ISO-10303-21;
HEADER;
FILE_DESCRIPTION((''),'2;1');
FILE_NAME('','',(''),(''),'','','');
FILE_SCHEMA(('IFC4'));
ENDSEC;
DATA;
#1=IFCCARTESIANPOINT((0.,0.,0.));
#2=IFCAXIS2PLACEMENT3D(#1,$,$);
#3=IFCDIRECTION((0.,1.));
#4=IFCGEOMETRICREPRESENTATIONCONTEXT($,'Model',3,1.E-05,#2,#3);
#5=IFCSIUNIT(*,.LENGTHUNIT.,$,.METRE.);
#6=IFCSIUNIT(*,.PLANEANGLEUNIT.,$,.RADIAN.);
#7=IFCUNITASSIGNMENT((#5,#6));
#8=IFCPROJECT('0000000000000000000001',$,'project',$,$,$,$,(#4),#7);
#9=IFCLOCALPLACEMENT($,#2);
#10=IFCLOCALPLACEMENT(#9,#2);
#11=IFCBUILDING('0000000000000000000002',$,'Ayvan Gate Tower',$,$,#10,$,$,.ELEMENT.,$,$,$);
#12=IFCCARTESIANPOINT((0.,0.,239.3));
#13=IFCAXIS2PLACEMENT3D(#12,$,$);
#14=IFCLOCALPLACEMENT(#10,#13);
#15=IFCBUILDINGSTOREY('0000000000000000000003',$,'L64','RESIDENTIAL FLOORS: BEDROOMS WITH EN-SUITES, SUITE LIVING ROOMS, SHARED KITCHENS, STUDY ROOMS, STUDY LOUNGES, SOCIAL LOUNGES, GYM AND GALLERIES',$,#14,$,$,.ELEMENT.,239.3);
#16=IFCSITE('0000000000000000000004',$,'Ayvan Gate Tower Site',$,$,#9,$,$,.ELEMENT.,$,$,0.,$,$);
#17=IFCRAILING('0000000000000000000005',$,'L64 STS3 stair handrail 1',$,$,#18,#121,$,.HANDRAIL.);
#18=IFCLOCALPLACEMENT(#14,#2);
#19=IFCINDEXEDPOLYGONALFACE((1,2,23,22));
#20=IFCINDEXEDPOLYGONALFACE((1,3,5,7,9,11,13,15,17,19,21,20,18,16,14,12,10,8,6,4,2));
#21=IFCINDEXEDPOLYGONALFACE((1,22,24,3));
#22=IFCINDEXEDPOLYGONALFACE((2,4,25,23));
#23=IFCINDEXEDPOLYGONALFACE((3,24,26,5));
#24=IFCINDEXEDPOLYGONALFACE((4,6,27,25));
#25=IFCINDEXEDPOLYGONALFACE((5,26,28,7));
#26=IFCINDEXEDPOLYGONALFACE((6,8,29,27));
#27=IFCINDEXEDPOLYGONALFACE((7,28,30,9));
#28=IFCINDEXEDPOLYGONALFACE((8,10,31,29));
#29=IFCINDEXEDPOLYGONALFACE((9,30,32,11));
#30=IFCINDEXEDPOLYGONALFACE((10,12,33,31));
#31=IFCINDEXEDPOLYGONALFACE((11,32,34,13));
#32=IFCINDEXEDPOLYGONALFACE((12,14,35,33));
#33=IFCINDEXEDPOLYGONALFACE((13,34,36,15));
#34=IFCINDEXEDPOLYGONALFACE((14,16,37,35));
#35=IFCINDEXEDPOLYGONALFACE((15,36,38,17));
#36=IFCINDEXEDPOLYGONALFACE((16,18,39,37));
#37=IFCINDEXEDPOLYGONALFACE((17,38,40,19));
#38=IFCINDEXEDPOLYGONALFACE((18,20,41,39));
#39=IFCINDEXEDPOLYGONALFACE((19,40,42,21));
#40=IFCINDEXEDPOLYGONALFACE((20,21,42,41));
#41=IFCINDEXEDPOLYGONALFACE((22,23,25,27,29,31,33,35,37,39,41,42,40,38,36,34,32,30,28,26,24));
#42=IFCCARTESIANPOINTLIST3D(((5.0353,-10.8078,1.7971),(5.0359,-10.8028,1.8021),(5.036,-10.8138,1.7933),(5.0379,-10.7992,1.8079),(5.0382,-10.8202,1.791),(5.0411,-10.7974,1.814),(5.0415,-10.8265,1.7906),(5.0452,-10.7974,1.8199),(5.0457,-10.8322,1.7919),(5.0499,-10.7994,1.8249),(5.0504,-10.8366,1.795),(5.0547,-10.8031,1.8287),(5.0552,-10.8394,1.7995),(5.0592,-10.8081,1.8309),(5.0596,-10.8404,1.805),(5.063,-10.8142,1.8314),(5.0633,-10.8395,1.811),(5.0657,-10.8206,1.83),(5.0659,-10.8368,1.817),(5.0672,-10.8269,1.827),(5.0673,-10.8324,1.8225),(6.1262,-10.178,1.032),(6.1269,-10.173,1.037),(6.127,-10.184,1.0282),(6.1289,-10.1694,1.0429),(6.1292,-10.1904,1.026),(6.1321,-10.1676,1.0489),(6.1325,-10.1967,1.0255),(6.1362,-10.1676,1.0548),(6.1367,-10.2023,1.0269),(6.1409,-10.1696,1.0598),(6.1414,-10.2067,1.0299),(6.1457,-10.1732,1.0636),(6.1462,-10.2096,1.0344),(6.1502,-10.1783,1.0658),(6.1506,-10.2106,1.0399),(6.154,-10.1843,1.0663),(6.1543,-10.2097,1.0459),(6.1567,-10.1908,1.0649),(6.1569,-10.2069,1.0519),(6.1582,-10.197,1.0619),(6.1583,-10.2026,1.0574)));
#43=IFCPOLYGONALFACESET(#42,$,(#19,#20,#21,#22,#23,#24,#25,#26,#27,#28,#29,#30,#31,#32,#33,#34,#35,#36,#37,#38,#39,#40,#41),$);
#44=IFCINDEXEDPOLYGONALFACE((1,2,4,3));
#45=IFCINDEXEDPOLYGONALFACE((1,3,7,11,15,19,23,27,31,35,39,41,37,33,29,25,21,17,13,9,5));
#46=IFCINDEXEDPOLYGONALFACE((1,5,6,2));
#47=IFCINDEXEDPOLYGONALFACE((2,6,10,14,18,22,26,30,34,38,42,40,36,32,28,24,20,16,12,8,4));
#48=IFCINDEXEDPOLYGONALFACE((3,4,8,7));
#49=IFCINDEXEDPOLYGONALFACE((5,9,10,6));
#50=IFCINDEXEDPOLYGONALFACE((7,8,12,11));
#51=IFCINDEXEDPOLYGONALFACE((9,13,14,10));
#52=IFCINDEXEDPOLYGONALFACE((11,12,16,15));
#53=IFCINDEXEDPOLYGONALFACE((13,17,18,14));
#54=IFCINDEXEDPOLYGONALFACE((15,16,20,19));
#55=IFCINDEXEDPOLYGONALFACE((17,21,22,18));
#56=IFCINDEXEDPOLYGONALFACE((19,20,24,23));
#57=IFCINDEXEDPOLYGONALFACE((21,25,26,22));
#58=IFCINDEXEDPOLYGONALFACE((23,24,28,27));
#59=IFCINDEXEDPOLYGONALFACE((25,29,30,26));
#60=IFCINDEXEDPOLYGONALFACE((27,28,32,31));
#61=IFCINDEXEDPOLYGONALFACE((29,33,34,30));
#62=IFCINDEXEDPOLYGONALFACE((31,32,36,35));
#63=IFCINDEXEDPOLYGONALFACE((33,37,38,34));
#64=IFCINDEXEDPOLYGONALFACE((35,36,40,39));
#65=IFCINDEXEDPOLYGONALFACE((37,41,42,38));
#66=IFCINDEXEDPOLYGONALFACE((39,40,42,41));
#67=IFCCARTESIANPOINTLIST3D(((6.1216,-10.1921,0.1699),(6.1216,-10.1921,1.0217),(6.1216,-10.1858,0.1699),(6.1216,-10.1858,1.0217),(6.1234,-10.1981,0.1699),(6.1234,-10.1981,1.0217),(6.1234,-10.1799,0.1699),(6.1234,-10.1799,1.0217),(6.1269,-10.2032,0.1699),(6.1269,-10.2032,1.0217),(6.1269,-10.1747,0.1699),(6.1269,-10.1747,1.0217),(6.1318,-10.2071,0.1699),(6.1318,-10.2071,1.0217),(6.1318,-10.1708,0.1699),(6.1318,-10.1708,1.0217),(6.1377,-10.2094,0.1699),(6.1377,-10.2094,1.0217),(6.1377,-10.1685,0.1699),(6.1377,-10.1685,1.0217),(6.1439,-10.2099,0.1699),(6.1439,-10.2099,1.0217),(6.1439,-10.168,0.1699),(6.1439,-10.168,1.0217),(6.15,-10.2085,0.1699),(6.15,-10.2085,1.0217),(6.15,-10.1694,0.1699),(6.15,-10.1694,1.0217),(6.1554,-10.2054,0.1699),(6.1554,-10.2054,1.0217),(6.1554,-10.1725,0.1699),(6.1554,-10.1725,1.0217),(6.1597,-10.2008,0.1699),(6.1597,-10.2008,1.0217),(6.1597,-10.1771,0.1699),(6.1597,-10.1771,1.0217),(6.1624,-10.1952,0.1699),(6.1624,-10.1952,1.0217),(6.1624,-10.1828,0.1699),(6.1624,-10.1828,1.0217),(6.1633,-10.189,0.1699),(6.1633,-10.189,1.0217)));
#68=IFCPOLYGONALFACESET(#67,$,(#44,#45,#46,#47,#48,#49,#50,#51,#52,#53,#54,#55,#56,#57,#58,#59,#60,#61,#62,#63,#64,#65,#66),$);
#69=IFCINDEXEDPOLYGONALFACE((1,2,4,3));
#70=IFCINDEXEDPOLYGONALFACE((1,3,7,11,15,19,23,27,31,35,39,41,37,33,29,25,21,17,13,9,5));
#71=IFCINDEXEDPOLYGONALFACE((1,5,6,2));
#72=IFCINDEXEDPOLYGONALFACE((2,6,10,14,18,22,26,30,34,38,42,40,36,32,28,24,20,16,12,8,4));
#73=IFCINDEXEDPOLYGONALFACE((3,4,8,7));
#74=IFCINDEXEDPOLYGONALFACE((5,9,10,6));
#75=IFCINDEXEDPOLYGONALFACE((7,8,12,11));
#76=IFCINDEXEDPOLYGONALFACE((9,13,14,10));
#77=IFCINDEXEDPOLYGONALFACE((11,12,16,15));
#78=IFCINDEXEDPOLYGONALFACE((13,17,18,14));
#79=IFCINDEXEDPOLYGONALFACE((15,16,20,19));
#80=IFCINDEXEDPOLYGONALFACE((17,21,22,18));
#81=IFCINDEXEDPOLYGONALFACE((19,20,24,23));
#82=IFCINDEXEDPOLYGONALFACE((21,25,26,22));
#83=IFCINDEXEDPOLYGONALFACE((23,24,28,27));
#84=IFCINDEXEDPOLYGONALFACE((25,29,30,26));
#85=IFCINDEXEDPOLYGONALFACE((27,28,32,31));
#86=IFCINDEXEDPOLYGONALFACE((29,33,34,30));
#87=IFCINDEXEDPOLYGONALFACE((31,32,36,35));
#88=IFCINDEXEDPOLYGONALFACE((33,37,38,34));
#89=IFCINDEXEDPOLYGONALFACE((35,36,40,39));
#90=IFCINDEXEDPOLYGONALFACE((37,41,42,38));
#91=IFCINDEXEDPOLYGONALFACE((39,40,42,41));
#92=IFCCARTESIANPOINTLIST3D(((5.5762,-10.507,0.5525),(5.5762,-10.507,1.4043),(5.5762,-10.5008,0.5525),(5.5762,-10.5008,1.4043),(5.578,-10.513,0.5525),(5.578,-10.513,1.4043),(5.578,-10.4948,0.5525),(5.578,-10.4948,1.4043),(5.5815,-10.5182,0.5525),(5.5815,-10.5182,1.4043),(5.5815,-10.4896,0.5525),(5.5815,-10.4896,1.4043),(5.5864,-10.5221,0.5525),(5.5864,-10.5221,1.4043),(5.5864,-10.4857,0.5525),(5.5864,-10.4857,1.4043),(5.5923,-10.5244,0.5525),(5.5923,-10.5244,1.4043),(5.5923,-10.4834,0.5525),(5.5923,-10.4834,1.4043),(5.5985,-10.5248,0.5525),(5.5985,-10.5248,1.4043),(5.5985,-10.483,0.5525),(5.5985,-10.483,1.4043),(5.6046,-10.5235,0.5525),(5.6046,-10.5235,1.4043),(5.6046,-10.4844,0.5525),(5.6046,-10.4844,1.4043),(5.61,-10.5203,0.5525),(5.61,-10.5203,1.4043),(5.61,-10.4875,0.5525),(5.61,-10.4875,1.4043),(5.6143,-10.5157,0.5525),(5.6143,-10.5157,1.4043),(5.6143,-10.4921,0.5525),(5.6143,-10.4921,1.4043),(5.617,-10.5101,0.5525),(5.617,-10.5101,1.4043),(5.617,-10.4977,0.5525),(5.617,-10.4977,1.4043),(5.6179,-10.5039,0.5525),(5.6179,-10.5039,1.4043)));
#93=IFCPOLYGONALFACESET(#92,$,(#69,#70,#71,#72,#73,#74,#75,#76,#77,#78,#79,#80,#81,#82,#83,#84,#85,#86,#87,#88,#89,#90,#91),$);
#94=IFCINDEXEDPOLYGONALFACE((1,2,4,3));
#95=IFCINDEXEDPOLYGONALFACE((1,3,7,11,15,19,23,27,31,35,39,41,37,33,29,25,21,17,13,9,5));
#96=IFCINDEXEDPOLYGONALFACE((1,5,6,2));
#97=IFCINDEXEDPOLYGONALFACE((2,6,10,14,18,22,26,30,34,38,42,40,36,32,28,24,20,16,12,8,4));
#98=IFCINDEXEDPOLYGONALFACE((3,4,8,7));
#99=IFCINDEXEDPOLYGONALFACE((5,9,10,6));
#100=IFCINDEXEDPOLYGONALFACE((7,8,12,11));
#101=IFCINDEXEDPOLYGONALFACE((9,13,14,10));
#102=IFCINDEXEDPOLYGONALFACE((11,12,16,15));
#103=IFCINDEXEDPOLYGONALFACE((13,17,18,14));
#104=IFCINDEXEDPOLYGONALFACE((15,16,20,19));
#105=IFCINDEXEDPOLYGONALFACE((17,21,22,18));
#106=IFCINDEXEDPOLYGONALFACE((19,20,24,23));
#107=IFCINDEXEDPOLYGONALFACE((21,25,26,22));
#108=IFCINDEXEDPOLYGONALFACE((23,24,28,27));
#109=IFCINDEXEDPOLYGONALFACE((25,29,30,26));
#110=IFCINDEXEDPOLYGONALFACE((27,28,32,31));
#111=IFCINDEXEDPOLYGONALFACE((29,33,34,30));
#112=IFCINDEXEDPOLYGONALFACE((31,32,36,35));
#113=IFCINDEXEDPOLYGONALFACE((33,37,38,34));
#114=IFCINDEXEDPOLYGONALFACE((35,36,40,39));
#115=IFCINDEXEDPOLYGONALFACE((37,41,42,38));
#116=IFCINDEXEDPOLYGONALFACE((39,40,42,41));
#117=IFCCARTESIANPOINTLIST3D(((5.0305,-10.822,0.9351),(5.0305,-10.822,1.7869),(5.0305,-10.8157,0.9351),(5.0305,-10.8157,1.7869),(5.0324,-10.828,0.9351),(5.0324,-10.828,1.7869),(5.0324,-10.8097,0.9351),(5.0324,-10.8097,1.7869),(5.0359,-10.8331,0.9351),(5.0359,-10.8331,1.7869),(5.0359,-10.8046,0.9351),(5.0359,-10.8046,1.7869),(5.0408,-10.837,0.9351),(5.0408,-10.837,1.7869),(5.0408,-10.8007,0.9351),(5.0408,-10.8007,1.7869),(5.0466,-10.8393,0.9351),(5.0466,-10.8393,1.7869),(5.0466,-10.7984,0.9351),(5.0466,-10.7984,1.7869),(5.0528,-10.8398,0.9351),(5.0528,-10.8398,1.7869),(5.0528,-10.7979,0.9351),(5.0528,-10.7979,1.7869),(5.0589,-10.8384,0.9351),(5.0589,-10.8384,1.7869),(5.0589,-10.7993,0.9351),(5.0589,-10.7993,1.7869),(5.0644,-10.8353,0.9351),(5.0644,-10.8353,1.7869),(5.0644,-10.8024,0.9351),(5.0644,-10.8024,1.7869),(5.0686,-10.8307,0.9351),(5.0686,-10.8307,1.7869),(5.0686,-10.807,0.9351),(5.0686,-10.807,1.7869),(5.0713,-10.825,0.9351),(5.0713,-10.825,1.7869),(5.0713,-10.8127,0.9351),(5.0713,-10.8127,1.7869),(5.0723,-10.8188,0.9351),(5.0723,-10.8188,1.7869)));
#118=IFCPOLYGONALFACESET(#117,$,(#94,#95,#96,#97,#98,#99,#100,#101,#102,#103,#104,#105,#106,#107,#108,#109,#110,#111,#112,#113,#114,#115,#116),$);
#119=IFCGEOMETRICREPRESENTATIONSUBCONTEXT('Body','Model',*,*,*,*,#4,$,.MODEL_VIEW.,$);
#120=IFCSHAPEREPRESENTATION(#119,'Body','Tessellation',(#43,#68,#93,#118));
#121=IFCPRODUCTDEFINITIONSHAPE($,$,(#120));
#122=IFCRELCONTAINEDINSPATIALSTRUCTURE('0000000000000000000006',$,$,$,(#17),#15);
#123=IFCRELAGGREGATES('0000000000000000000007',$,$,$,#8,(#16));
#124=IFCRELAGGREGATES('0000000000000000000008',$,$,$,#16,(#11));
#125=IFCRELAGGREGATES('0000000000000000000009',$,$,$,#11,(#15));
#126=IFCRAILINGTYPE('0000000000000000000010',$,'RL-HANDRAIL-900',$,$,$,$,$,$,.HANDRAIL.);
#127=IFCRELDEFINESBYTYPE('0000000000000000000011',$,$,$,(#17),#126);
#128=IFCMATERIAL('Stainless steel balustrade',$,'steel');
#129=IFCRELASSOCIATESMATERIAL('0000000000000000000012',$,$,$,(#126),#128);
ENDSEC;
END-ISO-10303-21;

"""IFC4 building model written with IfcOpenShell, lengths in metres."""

from ifc_helpers import new_model, si_unit, direction, frame, origin, origin_2d, place, context, subcontext, project, spatial, circle, extrude, material, type_object, element, save


model = new_model("IFC4")

# Units and contexts
model_context = context("Model", 3, precision=1e-05, world=origin(), true_north=direction((0.0, 1.0)))
body_context = subcontext(model_context, "Body", "Model", "MODEL_VIEW")
ifc_project = project(units=[si_unit("LENGTHUNIT", "METRE"), si_unit("PLANEANGLEUNIT", "RADIAN")], contexts=[model_context])

# Site, building, storey
site_placement = place(None, origin())
site = spatial("IfcSite", under=ifc_project, at=site_placement, Name="Ayvan Gate Tower Site", CompositionType="ELEMENT", RefElevation=0.0)
building_placement = place(site_placement, origin())
building = spatial("IfcBuilding", under=site, at=building_placement, Name="Ayvan Gate Tower", CompositionType="ELEMENT")
storey_placement = place(building_placement, frame((0.0, 0.0, 239.3)))
storey = spatial("IfcBuildingStorey", under=building, at=storey_placement, Name="L64", Description="RESIDENTIAL FLOORS: BEDROOMS WITH EN-SUITES, SUITE LIVING ROOMS, SHARED KITCHENS, STUDY ROOMS, STUDY LOUNGES, SOCIAL LOUNGES, GYM AND GALLERIES", CompositionType="ELEMENT", Elevation=239.3)

# Railing
ifc_material_1 = material(Name="Stainless steel balustrade", Category="steel")
railing_type = type_object("IfcRailingType", Name="RL-HANDRAIL-900", PredefinedType="HANDRAIL", material=ifc_material_1)
railing_placement = place(storey_placement, frame((6.1423, -10.189, 0.1699)))
element("IfcRailing", 1, at=railing_placement, inside=storey, type_object=railing_type, Name="L64 STS3 stair handrail 1", PredefinedType="HANDRAIL", context=body_context, shape_type="SweptSolid", body=[
    extrude(circle(Radius=0.0239, at=origin_2d()), frame((0.0, 0.0, 0.876), z_axis=(-0.740218, -0.427336, 0.519097), x_axis=(0.499974, -0.86604, 0.0)), (0.0, 0.0, 1.0), 1.4739),
    extrude(circle(Radius=0.021, at=origin_2d()), origin(), (0.0, 0.0, 1.0), 0.8518),
    extrude(circle(Radius=0.021, at=origin_2d()), frame((-0.5454, -0.3149, 0.3826)), (0.0, 0.0, 1.0), 0.8518),
    extrude(circle(Radius=0.021, at=origin_2d()), frame((-1.0911, -0.6299, 0.7651)), (0.0, 0.0, 1.0), 0.8518),
])

save(model, "model.ifc")
